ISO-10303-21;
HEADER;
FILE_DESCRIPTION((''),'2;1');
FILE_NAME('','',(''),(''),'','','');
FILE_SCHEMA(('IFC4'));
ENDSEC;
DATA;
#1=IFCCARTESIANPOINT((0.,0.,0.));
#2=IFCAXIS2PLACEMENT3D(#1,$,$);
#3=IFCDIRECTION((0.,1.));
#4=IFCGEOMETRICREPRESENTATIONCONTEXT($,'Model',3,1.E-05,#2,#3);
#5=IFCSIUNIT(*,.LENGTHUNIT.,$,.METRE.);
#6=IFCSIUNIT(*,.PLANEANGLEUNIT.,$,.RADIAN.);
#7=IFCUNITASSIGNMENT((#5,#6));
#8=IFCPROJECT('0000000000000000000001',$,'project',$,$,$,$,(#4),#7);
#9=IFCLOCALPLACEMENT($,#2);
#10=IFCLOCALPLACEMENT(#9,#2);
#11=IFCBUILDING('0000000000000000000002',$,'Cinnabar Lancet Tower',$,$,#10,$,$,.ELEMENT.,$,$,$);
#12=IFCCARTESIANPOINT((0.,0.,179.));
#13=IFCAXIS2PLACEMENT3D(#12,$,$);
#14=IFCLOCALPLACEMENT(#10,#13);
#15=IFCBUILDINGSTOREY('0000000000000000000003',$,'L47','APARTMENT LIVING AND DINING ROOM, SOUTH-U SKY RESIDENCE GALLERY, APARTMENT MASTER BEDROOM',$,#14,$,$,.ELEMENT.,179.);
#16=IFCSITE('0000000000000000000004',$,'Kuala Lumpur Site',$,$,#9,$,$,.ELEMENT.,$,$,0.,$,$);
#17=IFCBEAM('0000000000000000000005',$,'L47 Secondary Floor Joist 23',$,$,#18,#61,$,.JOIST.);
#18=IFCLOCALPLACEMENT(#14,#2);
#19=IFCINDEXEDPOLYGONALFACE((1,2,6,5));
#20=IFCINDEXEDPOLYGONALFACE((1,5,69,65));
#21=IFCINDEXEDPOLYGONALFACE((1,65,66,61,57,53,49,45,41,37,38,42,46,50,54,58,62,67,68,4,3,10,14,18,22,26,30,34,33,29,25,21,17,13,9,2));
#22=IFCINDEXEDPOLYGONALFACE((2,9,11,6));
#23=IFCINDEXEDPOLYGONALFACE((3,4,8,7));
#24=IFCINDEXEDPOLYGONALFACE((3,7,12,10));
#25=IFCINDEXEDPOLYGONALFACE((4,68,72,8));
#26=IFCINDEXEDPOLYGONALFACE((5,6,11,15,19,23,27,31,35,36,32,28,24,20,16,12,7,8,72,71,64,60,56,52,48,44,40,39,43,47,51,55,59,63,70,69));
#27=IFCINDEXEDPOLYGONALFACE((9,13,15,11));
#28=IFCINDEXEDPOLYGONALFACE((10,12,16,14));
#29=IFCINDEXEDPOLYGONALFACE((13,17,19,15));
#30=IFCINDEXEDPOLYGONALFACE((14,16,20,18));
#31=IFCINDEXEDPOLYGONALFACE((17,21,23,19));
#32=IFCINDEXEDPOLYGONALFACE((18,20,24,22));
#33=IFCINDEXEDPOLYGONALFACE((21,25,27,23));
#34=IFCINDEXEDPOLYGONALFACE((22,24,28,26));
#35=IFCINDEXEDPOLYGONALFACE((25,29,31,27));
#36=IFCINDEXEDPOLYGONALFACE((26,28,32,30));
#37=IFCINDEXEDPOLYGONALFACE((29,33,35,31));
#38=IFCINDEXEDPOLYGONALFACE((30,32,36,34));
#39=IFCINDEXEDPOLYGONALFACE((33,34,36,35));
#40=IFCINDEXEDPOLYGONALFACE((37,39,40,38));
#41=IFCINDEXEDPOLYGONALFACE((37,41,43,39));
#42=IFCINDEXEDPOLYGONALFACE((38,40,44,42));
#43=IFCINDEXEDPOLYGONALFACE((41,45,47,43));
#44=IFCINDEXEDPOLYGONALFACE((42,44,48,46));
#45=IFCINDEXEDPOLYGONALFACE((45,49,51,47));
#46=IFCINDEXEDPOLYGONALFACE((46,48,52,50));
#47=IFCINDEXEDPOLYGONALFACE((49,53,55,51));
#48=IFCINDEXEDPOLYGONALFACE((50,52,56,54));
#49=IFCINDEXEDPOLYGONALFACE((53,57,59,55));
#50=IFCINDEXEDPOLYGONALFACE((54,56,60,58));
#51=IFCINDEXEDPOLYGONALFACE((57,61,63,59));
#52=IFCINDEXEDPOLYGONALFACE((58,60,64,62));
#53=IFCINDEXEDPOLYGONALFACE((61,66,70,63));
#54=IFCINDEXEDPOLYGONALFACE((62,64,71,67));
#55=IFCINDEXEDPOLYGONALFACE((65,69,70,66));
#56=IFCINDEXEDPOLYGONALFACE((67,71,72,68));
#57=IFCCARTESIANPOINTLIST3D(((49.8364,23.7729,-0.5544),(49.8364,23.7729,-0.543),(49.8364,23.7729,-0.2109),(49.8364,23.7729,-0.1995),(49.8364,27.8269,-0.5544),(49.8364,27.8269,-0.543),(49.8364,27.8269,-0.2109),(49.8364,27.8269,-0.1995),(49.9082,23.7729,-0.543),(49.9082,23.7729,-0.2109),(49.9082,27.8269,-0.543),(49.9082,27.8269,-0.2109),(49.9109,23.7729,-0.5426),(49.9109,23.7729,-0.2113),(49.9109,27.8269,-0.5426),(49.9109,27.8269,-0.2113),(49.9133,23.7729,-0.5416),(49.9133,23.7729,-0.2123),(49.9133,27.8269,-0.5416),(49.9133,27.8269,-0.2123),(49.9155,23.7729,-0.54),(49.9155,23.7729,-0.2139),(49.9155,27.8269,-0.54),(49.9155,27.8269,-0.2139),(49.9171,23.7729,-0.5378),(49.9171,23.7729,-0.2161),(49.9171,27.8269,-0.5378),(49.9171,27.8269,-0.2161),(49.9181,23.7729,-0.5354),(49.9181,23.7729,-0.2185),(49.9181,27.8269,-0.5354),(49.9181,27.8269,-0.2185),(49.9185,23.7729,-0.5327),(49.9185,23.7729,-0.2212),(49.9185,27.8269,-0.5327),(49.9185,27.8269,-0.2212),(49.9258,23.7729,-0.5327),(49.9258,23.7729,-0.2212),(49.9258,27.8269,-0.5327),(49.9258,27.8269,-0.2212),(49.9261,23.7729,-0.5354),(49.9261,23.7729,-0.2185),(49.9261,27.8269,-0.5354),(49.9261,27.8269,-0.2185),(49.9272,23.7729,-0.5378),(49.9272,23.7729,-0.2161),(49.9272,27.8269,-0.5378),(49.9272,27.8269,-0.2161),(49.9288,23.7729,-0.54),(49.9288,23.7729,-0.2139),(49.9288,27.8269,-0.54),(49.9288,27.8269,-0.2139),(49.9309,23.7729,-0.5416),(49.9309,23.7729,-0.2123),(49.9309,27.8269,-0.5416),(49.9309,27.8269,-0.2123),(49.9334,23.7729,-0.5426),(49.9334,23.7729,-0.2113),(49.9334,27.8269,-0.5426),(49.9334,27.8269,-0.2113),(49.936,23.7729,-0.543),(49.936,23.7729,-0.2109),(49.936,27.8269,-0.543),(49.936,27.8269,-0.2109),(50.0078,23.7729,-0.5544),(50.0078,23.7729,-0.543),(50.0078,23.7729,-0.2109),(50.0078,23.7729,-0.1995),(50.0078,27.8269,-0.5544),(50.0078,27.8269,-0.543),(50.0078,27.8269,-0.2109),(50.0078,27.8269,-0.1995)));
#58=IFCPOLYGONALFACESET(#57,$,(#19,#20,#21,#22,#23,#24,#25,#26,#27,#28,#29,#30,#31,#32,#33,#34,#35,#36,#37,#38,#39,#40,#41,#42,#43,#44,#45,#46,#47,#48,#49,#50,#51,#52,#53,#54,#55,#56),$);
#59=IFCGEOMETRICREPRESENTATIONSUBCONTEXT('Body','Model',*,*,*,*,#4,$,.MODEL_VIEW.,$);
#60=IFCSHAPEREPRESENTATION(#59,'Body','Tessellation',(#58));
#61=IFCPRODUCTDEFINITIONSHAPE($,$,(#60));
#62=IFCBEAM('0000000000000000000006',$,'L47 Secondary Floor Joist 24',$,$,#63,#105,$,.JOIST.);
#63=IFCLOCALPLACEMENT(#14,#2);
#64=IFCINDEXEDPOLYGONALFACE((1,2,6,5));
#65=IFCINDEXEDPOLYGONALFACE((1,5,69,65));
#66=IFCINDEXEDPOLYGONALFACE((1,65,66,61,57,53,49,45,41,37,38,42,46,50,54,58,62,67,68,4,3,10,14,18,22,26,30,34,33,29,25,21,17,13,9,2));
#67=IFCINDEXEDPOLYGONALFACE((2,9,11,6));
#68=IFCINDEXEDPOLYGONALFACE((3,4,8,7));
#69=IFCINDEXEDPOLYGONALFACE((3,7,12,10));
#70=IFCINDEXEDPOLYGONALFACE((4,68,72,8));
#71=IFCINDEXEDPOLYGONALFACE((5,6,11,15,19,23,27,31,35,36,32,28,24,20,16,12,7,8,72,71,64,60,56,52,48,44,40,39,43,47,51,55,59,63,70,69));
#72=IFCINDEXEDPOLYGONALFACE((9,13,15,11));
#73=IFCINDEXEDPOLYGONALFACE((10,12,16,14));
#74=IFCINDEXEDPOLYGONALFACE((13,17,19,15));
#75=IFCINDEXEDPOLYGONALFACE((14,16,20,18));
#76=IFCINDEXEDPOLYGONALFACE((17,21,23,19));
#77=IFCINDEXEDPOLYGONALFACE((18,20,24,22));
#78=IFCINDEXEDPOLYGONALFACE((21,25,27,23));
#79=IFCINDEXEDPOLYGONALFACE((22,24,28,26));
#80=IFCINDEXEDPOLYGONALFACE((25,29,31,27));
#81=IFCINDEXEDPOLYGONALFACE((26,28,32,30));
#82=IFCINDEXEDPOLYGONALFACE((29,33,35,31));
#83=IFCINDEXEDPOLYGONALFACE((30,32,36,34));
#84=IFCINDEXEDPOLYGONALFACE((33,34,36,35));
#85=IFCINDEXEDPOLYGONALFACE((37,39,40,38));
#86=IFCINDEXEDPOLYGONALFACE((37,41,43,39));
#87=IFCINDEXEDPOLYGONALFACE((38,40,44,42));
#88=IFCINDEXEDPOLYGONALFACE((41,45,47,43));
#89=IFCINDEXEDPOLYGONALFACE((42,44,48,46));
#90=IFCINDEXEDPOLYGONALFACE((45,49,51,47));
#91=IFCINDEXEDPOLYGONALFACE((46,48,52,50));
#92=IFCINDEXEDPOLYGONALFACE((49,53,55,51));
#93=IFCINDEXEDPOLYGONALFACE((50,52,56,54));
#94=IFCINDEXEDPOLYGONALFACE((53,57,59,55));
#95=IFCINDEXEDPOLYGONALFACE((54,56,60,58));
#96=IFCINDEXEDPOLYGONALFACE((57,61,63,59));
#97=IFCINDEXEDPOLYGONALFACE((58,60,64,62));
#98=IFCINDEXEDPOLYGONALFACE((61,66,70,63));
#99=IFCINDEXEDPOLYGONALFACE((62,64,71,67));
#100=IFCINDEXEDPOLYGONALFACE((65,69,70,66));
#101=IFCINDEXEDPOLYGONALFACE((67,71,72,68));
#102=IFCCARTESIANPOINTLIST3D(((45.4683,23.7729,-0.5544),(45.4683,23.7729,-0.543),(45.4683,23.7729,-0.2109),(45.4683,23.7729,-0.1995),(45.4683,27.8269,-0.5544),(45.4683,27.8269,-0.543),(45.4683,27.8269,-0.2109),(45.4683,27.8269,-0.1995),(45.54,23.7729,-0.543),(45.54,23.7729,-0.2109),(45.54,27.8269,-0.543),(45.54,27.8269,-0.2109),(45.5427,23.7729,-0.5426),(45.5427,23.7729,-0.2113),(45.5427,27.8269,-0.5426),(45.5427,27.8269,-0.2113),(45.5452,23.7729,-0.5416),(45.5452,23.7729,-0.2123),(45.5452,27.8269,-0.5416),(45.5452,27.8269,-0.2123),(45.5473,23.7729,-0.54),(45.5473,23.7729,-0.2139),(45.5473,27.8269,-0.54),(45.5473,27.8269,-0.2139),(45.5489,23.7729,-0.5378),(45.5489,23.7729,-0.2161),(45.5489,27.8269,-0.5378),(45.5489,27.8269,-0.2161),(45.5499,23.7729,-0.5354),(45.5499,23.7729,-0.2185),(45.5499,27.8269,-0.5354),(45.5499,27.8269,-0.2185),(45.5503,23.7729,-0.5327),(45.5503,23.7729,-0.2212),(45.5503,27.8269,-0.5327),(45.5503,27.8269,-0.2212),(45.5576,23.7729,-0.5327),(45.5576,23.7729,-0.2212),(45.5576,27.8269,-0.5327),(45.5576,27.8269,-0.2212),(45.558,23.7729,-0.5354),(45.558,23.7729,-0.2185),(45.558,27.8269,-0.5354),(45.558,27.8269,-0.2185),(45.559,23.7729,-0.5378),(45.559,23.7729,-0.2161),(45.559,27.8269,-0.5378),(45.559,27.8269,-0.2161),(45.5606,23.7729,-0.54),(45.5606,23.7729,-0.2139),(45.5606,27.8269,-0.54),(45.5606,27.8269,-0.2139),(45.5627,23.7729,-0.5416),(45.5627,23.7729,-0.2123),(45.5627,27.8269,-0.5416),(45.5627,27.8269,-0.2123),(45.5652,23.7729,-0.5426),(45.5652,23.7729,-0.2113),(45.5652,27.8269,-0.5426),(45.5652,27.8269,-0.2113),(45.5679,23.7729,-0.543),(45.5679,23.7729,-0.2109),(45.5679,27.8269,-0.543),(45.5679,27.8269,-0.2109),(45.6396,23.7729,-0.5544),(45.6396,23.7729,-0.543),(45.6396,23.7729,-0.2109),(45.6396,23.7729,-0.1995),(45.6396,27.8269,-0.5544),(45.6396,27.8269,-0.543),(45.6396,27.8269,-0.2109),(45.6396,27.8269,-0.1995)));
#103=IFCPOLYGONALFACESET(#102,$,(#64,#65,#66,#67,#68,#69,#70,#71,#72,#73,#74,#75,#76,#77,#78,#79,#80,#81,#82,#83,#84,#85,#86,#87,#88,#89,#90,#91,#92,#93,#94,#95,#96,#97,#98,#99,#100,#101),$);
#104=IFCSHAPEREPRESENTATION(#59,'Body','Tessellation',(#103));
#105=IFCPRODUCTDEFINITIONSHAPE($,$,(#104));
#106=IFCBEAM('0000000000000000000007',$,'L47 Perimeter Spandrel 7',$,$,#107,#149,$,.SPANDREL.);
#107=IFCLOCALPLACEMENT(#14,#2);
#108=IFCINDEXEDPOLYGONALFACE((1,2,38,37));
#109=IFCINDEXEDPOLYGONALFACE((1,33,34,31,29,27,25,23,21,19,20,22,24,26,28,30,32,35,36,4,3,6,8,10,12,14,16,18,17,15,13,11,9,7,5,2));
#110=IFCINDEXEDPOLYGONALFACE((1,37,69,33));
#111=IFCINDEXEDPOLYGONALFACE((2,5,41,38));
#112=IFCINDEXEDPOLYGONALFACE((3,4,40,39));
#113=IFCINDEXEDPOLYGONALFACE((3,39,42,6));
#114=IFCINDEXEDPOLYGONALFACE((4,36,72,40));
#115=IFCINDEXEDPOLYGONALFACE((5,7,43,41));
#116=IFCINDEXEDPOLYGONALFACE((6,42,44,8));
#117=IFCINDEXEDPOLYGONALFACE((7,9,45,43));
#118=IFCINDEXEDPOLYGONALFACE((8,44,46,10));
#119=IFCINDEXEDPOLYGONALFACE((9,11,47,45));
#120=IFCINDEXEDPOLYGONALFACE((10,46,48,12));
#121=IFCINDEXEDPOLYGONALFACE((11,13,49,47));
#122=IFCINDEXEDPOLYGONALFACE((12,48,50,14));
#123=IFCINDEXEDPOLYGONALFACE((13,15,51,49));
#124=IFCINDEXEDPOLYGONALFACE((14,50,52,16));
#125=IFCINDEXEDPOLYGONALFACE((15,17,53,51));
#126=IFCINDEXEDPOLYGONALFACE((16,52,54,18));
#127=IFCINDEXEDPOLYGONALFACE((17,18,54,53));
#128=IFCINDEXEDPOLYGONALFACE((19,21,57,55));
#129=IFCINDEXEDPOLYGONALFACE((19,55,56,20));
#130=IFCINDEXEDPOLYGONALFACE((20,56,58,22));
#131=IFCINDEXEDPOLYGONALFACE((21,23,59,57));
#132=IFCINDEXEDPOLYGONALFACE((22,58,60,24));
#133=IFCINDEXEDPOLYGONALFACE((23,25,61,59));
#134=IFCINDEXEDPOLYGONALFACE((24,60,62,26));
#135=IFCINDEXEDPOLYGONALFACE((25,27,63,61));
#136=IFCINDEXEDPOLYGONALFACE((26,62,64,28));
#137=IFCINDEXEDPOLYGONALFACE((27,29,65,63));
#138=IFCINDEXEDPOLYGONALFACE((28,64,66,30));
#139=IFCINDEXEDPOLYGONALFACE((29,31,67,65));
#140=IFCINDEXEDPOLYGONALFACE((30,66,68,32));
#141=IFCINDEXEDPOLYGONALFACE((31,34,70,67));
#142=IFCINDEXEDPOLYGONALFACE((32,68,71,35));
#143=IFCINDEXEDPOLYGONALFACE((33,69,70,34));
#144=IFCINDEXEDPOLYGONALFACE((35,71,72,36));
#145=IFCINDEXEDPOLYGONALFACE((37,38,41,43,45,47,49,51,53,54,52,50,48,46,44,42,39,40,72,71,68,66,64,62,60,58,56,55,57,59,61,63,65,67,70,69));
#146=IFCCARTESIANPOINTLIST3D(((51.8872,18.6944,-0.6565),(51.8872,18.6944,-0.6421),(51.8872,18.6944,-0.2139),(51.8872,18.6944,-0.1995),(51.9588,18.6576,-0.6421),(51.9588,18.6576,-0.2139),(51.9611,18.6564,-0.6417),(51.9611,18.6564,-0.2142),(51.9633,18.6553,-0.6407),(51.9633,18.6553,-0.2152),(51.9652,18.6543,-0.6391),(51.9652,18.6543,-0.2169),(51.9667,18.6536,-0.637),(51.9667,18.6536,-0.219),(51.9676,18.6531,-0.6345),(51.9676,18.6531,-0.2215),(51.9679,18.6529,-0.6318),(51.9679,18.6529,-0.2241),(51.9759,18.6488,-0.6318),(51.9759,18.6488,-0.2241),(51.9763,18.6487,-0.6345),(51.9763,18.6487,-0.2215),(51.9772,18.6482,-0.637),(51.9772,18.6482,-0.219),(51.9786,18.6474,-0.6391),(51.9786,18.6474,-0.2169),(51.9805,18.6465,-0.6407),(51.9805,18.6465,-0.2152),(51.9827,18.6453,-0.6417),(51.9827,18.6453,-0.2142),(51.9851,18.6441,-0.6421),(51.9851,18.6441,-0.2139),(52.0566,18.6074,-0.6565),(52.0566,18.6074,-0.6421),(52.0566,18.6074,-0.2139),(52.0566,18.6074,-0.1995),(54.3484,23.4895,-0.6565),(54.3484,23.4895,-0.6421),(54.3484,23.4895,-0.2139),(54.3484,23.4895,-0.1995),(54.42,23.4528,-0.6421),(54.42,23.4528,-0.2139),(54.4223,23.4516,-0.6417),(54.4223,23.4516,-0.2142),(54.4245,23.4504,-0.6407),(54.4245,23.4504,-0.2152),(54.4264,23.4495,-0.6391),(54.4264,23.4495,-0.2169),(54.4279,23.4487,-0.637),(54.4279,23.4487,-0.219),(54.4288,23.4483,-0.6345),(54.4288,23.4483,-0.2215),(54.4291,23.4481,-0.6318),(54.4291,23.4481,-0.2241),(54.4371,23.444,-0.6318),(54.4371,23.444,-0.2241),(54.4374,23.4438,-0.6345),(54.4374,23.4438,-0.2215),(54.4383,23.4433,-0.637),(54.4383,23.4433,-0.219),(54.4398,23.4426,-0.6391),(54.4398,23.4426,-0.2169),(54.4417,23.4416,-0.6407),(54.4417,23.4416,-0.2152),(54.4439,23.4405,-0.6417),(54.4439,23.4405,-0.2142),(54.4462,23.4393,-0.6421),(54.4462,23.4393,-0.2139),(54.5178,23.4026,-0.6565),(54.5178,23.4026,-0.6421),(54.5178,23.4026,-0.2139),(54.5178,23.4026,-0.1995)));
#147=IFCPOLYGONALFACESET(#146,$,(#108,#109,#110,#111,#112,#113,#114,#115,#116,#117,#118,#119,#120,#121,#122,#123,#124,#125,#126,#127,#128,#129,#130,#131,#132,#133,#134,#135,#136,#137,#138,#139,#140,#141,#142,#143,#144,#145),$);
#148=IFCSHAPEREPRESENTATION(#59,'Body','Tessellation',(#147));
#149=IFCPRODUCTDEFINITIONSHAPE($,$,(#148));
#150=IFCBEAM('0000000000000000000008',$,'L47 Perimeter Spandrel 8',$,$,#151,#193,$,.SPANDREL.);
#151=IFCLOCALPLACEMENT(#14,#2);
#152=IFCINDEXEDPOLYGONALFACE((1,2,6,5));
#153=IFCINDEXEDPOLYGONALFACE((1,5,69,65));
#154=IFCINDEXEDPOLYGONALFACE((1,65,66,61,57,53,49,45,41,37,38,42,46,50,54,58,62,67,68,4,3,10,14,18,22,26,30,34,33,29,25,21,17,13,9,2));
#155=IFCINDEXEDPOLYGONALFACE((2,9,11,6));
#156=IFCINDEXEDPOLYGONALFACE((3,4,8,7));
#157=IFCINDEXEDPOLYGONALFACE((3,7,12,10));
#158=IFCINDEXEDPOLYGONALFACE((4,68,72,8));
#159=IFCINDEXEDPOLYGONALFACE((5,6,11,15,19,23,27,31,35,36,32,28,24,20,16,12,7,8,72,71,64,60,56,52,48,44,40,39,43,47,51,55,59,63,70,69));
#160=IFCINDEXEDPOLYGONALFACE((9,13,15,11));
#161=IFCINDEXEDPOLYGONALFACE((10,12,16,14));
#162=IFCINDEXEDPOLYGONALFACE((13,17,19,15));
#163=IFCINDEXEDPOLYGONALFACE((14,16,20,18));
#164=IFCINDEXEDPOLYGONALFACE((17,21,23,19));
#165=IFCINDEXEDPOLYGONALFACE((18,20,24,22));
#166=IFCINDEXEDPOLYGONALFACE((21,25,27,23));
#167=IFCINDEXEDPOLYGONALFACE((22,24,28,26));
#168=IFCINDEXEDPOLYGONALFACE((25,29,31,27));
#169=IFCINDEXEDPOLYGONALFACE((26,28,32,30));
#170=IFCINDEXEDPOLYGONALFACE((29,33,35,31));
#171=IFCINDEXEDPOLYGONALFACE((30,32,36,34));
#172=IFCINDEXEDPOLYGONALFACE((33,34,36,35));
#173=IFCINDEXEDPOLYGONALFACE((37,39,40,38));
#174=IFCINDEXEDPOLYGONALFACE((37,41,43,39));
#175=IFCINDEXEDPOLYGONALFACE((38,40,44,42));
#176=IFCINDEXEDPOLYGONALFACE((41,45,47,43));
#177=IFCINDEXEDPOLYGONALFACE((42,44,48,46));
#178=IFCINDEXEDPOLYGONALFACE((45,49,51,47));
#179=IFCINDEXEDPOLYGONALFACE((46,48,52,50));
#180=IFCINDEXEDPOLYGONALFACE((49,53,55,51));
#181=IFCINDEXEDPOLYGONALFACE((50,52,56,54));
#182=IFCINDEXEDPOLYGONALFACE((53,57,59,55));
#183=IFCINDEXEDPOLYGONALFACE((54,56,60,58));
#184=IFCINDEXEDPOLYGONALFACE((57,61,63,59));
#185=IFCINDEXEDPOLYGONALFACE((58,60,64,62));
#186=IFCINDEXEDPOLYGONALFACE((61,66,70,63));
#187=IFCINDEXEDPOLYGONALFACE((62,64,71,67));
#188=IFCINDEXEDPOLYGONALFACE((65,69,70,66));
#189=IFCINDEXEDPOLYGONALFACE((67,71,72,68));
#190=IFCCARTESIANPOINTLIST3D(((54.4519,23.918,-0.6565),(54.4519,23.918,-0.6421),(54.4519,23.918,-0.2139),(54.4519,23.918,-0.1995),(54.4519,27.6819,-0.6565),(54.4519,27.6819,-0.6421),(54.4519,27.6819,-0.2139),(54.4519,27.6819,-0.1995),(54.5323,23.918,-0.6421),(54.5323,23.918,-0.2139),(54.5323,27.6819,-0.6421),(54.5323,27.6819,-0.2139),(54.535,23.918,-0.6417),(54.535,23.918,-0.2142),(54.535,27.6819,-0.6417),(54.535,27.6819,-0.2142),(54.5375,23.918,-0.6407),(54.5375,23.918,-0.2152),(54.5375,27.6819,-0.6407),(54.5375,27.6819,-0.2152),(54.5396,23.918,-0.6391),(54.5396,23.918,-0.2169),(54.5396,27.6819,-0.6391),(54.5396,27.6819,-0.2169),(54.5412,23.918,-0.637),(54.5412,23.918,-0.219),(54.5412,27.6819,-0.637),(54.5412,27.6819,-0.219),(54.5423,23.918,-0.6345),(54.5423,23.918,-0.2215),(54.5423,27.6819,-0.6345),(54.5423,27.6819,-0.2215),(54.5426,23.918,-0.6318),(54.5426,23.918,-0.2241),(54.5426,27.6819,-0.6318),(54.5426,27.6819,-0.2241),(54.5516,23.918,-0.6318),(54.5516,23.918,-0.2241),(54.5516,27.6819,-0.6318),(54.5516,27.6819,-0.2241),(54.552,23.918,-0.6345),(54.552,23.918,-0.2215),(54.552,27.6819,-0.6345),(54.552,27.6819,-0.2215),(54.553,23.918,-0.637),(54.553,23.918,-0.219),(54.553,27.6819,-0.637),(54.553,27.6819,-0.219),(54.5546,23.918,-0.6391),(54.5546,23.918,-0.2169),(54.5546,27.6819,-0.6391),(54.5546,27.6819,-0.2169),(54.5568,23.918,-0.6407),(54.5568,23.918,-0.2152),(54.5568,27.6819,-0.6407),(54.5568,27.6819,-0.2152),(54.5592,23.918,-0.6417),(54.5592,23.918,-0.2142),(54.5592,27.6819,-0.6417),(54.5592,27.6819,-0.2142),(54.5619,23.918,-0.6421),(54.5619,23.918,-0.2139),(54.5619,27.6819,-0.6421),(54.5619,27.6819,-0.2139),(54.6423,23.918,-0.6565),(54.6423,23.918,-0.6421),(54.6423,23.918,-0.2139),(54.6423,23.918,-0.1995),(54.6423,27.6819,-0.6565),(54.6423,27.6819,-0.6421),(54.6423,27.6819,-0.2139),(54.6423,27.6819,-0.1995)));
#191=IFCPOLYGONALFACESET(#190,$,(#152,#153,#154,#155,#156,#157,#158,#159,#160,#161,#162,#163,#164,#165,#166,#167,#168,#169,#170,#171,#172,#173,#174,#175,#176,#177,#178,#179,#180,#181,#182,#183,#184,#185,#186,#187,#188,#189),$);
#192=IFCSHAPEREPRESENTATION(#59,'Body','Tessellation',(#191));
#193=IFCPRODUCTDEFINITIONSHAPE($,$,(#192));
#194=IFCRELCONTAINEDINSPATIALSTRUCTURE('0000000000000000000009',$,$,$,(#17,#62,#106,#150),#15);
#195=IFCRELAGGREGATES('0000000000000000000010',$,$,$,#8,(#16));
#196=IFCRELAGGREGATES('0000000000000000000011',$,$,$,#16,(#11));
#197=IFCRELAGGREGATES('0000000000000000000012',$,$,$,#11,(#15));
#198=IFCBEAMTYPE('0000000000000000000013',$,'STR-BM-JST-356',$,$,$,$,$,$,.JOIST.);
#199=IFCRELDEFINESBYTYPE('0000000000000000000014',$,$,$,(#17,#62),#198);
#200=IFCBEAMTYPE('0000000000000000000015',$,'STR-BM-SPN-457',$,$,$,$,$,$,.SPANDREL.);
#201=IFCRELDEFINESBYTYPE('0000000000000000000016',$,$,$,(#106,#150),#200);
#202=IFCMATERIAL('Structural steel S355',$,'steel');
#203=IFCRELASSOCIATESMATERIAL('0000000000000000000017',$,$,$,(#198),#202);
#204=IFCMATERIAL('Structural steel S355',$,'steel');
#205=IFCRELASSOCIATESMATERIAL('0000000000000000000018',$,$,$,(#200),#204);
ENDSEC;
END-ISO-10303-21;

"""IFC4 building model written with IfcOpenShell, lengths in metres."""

from ifc_helpers import new_model, si_unit, direction, frame, origin, origin_2d, place, context, subcontext, project, spatial, i_section, extrude, material, material_profile, profile_set, type_object, element, save


model = new_model("IFC4")

# Units and contexts
model_context = context("Model", 3, precision=1e-05, world=origin(), true_north=direction((0.0, 1.0)))
body_context = subcontext(model_context, "Body", "Model", "MODEL_VIEW")
ifc_project = project(units=[si_unit("LENGTHUNIT", "METRE"), si_unit("PLANEANGLEUNIT", "RADIAN")], contexts=[model_context])

# Site, building, storey
site_placement = place(None, origin())
site = spatial("IfcSite", under=ifc_project, at=site_placement, Name="Kuala Lumpur Site", CompositionType="ELEMENT", RefElevation=0.0)
building_placement = place(site_placement, origin())
building = spatial("IfcBuilding", under=site, at=building_placement, Name="Cinnabar Lancet Tower", CompositionType="ELEMENT")
storey_placement = place(building_placement, frame((0.0, 0.0, 179.0)))
storey = spatial("IfcBuildingStorey", under=building, at=storey_placement, Name="L47", Description="APARTMENT LIVING AND DINING ROOM, SOUTH-U SKY RESIDENCE GALLERY, APARTMENT MASTER BEDROOM", CompositionType="ELEMENT", Elevation=179.0)

# Beams
ifc_material_1 = material(Name="Structural steel S355", Category="steel")
ifc_material_profile_1 = material_profile(ifc_material_1, i_section(OverallWidth=0.1714, OverallDepth=0.355, WebThickness=0.0073, FlangeThickness=0.0115, FilletRadius=0.0103, at=origin_2d()), Name="UKB 356x171x51")
ifc_profile_set_1 = profile_set([ifc_material_profile_1], Name="Structural steel S355")
beam_type_1 = type_object("IfcBeamType", Name="STR-BM-JST-356", PredefinedType="JOIST", material=ifc_profile_set_1)
for number, where, z_axis, x_axis, name in (
    (1, (49.9221, 23.7729, -0.377), (0.0, 1.0, 0.0), (-1.0, 0.0, 0.0), "L47 Secondary Floor Joist 23"),
    (2, (45.554, 23.7729, -0.377), (0.0, 1.0, 0.0), (-1.0, 0.0, 0.0), "L47 Secondary Floor Joist 24"),
):
    element("IfcBeam", number, at=place(storey_placement, frame(where, z_axis=z_axis, x_axis=x_axis)), inside=storey, type_object=beam_type_1, Name=name, PredefinedType="JOIST", context=body_context, shape_type="SweptSolid", body=[
        extrude(i_section(OverallWidth=0.1714, OverallDepth=0.355, WebThickness=0.0073, FlangeThickness=0.0115, FilletRadius=0.0103, at=origin_2d()), origin(), (0.0, 0.0, 1.0), 4.054),
    ])
ifc_material_2 = material(Name="Structural steel S355", Category="steel")
ifc_material_profile_2 = material_profile(ifc_material_2, i_section(OverallWidth=0.1904, OverallDepth=0.457, WebThickness=0.009, FlangeThickness=0.0144, FilletRadius=0.0103, at=origin_2d()), Name="UKB 457x191x74")
ifc_profile_set_2 = profile_set([ifc_material_profile_2], Name="Structural steel S355")
beam_type_2 = type_object("IfcBeamType", Name="STR-BM-SPN-457", PredefinedType="SPANDREL", material=ifc_profile_set_2)
beam_1_placement = place(storey_placement, frame((51.9719, 18.6509, -0.428), z_axis=(0.456628, 0.889658, 0.0), x_axis=(-0.889658, 0.456628, 0.0)))
element("IfcBeam", 3, at=beam_1_placement, inside=storey, type_object=beam_type_2, Name="L47 Perimeter Spandrel 7", PredefinedType="SPANDREL", context=body_context, shape_type="SweptSolid", body=[
    extrude(i_section(OverallWidth=0.1904, OverallDepth=0.457, WebThickness=0.009, FlangeThickness=0.0144, FilletRadius=0.0103, at=origin_2d()), origin(), (0.0, 0.0, 1.0), 5.3899),
])
beam_2_placement = place(storey_placement, frame((54.5471, 23.918, -0.428), z_axis=(0.0, 1.0, 0.0), x_axis=(-1.0, 0.0, 0.0)))
element("IfcBeam", 4, at=beam_2_placement, inside=storey, type_object=beam_type_2, Name="L47 Perimeter Spandrel 8", PredefinedType="SPANDREL", context=body_context, shape_type="SweptSolid", body=[
    extrude(i_section(OverallWidth=0.1904, OverallDepth=0.457, WebThickness=0.009, FlangeThickness=0.0144, FilletRadius=0.0103, at=origin_2d()), origin(), (0.0, 0.0, 1.0), 3.7639),
])

save(model, "model.ifc")
